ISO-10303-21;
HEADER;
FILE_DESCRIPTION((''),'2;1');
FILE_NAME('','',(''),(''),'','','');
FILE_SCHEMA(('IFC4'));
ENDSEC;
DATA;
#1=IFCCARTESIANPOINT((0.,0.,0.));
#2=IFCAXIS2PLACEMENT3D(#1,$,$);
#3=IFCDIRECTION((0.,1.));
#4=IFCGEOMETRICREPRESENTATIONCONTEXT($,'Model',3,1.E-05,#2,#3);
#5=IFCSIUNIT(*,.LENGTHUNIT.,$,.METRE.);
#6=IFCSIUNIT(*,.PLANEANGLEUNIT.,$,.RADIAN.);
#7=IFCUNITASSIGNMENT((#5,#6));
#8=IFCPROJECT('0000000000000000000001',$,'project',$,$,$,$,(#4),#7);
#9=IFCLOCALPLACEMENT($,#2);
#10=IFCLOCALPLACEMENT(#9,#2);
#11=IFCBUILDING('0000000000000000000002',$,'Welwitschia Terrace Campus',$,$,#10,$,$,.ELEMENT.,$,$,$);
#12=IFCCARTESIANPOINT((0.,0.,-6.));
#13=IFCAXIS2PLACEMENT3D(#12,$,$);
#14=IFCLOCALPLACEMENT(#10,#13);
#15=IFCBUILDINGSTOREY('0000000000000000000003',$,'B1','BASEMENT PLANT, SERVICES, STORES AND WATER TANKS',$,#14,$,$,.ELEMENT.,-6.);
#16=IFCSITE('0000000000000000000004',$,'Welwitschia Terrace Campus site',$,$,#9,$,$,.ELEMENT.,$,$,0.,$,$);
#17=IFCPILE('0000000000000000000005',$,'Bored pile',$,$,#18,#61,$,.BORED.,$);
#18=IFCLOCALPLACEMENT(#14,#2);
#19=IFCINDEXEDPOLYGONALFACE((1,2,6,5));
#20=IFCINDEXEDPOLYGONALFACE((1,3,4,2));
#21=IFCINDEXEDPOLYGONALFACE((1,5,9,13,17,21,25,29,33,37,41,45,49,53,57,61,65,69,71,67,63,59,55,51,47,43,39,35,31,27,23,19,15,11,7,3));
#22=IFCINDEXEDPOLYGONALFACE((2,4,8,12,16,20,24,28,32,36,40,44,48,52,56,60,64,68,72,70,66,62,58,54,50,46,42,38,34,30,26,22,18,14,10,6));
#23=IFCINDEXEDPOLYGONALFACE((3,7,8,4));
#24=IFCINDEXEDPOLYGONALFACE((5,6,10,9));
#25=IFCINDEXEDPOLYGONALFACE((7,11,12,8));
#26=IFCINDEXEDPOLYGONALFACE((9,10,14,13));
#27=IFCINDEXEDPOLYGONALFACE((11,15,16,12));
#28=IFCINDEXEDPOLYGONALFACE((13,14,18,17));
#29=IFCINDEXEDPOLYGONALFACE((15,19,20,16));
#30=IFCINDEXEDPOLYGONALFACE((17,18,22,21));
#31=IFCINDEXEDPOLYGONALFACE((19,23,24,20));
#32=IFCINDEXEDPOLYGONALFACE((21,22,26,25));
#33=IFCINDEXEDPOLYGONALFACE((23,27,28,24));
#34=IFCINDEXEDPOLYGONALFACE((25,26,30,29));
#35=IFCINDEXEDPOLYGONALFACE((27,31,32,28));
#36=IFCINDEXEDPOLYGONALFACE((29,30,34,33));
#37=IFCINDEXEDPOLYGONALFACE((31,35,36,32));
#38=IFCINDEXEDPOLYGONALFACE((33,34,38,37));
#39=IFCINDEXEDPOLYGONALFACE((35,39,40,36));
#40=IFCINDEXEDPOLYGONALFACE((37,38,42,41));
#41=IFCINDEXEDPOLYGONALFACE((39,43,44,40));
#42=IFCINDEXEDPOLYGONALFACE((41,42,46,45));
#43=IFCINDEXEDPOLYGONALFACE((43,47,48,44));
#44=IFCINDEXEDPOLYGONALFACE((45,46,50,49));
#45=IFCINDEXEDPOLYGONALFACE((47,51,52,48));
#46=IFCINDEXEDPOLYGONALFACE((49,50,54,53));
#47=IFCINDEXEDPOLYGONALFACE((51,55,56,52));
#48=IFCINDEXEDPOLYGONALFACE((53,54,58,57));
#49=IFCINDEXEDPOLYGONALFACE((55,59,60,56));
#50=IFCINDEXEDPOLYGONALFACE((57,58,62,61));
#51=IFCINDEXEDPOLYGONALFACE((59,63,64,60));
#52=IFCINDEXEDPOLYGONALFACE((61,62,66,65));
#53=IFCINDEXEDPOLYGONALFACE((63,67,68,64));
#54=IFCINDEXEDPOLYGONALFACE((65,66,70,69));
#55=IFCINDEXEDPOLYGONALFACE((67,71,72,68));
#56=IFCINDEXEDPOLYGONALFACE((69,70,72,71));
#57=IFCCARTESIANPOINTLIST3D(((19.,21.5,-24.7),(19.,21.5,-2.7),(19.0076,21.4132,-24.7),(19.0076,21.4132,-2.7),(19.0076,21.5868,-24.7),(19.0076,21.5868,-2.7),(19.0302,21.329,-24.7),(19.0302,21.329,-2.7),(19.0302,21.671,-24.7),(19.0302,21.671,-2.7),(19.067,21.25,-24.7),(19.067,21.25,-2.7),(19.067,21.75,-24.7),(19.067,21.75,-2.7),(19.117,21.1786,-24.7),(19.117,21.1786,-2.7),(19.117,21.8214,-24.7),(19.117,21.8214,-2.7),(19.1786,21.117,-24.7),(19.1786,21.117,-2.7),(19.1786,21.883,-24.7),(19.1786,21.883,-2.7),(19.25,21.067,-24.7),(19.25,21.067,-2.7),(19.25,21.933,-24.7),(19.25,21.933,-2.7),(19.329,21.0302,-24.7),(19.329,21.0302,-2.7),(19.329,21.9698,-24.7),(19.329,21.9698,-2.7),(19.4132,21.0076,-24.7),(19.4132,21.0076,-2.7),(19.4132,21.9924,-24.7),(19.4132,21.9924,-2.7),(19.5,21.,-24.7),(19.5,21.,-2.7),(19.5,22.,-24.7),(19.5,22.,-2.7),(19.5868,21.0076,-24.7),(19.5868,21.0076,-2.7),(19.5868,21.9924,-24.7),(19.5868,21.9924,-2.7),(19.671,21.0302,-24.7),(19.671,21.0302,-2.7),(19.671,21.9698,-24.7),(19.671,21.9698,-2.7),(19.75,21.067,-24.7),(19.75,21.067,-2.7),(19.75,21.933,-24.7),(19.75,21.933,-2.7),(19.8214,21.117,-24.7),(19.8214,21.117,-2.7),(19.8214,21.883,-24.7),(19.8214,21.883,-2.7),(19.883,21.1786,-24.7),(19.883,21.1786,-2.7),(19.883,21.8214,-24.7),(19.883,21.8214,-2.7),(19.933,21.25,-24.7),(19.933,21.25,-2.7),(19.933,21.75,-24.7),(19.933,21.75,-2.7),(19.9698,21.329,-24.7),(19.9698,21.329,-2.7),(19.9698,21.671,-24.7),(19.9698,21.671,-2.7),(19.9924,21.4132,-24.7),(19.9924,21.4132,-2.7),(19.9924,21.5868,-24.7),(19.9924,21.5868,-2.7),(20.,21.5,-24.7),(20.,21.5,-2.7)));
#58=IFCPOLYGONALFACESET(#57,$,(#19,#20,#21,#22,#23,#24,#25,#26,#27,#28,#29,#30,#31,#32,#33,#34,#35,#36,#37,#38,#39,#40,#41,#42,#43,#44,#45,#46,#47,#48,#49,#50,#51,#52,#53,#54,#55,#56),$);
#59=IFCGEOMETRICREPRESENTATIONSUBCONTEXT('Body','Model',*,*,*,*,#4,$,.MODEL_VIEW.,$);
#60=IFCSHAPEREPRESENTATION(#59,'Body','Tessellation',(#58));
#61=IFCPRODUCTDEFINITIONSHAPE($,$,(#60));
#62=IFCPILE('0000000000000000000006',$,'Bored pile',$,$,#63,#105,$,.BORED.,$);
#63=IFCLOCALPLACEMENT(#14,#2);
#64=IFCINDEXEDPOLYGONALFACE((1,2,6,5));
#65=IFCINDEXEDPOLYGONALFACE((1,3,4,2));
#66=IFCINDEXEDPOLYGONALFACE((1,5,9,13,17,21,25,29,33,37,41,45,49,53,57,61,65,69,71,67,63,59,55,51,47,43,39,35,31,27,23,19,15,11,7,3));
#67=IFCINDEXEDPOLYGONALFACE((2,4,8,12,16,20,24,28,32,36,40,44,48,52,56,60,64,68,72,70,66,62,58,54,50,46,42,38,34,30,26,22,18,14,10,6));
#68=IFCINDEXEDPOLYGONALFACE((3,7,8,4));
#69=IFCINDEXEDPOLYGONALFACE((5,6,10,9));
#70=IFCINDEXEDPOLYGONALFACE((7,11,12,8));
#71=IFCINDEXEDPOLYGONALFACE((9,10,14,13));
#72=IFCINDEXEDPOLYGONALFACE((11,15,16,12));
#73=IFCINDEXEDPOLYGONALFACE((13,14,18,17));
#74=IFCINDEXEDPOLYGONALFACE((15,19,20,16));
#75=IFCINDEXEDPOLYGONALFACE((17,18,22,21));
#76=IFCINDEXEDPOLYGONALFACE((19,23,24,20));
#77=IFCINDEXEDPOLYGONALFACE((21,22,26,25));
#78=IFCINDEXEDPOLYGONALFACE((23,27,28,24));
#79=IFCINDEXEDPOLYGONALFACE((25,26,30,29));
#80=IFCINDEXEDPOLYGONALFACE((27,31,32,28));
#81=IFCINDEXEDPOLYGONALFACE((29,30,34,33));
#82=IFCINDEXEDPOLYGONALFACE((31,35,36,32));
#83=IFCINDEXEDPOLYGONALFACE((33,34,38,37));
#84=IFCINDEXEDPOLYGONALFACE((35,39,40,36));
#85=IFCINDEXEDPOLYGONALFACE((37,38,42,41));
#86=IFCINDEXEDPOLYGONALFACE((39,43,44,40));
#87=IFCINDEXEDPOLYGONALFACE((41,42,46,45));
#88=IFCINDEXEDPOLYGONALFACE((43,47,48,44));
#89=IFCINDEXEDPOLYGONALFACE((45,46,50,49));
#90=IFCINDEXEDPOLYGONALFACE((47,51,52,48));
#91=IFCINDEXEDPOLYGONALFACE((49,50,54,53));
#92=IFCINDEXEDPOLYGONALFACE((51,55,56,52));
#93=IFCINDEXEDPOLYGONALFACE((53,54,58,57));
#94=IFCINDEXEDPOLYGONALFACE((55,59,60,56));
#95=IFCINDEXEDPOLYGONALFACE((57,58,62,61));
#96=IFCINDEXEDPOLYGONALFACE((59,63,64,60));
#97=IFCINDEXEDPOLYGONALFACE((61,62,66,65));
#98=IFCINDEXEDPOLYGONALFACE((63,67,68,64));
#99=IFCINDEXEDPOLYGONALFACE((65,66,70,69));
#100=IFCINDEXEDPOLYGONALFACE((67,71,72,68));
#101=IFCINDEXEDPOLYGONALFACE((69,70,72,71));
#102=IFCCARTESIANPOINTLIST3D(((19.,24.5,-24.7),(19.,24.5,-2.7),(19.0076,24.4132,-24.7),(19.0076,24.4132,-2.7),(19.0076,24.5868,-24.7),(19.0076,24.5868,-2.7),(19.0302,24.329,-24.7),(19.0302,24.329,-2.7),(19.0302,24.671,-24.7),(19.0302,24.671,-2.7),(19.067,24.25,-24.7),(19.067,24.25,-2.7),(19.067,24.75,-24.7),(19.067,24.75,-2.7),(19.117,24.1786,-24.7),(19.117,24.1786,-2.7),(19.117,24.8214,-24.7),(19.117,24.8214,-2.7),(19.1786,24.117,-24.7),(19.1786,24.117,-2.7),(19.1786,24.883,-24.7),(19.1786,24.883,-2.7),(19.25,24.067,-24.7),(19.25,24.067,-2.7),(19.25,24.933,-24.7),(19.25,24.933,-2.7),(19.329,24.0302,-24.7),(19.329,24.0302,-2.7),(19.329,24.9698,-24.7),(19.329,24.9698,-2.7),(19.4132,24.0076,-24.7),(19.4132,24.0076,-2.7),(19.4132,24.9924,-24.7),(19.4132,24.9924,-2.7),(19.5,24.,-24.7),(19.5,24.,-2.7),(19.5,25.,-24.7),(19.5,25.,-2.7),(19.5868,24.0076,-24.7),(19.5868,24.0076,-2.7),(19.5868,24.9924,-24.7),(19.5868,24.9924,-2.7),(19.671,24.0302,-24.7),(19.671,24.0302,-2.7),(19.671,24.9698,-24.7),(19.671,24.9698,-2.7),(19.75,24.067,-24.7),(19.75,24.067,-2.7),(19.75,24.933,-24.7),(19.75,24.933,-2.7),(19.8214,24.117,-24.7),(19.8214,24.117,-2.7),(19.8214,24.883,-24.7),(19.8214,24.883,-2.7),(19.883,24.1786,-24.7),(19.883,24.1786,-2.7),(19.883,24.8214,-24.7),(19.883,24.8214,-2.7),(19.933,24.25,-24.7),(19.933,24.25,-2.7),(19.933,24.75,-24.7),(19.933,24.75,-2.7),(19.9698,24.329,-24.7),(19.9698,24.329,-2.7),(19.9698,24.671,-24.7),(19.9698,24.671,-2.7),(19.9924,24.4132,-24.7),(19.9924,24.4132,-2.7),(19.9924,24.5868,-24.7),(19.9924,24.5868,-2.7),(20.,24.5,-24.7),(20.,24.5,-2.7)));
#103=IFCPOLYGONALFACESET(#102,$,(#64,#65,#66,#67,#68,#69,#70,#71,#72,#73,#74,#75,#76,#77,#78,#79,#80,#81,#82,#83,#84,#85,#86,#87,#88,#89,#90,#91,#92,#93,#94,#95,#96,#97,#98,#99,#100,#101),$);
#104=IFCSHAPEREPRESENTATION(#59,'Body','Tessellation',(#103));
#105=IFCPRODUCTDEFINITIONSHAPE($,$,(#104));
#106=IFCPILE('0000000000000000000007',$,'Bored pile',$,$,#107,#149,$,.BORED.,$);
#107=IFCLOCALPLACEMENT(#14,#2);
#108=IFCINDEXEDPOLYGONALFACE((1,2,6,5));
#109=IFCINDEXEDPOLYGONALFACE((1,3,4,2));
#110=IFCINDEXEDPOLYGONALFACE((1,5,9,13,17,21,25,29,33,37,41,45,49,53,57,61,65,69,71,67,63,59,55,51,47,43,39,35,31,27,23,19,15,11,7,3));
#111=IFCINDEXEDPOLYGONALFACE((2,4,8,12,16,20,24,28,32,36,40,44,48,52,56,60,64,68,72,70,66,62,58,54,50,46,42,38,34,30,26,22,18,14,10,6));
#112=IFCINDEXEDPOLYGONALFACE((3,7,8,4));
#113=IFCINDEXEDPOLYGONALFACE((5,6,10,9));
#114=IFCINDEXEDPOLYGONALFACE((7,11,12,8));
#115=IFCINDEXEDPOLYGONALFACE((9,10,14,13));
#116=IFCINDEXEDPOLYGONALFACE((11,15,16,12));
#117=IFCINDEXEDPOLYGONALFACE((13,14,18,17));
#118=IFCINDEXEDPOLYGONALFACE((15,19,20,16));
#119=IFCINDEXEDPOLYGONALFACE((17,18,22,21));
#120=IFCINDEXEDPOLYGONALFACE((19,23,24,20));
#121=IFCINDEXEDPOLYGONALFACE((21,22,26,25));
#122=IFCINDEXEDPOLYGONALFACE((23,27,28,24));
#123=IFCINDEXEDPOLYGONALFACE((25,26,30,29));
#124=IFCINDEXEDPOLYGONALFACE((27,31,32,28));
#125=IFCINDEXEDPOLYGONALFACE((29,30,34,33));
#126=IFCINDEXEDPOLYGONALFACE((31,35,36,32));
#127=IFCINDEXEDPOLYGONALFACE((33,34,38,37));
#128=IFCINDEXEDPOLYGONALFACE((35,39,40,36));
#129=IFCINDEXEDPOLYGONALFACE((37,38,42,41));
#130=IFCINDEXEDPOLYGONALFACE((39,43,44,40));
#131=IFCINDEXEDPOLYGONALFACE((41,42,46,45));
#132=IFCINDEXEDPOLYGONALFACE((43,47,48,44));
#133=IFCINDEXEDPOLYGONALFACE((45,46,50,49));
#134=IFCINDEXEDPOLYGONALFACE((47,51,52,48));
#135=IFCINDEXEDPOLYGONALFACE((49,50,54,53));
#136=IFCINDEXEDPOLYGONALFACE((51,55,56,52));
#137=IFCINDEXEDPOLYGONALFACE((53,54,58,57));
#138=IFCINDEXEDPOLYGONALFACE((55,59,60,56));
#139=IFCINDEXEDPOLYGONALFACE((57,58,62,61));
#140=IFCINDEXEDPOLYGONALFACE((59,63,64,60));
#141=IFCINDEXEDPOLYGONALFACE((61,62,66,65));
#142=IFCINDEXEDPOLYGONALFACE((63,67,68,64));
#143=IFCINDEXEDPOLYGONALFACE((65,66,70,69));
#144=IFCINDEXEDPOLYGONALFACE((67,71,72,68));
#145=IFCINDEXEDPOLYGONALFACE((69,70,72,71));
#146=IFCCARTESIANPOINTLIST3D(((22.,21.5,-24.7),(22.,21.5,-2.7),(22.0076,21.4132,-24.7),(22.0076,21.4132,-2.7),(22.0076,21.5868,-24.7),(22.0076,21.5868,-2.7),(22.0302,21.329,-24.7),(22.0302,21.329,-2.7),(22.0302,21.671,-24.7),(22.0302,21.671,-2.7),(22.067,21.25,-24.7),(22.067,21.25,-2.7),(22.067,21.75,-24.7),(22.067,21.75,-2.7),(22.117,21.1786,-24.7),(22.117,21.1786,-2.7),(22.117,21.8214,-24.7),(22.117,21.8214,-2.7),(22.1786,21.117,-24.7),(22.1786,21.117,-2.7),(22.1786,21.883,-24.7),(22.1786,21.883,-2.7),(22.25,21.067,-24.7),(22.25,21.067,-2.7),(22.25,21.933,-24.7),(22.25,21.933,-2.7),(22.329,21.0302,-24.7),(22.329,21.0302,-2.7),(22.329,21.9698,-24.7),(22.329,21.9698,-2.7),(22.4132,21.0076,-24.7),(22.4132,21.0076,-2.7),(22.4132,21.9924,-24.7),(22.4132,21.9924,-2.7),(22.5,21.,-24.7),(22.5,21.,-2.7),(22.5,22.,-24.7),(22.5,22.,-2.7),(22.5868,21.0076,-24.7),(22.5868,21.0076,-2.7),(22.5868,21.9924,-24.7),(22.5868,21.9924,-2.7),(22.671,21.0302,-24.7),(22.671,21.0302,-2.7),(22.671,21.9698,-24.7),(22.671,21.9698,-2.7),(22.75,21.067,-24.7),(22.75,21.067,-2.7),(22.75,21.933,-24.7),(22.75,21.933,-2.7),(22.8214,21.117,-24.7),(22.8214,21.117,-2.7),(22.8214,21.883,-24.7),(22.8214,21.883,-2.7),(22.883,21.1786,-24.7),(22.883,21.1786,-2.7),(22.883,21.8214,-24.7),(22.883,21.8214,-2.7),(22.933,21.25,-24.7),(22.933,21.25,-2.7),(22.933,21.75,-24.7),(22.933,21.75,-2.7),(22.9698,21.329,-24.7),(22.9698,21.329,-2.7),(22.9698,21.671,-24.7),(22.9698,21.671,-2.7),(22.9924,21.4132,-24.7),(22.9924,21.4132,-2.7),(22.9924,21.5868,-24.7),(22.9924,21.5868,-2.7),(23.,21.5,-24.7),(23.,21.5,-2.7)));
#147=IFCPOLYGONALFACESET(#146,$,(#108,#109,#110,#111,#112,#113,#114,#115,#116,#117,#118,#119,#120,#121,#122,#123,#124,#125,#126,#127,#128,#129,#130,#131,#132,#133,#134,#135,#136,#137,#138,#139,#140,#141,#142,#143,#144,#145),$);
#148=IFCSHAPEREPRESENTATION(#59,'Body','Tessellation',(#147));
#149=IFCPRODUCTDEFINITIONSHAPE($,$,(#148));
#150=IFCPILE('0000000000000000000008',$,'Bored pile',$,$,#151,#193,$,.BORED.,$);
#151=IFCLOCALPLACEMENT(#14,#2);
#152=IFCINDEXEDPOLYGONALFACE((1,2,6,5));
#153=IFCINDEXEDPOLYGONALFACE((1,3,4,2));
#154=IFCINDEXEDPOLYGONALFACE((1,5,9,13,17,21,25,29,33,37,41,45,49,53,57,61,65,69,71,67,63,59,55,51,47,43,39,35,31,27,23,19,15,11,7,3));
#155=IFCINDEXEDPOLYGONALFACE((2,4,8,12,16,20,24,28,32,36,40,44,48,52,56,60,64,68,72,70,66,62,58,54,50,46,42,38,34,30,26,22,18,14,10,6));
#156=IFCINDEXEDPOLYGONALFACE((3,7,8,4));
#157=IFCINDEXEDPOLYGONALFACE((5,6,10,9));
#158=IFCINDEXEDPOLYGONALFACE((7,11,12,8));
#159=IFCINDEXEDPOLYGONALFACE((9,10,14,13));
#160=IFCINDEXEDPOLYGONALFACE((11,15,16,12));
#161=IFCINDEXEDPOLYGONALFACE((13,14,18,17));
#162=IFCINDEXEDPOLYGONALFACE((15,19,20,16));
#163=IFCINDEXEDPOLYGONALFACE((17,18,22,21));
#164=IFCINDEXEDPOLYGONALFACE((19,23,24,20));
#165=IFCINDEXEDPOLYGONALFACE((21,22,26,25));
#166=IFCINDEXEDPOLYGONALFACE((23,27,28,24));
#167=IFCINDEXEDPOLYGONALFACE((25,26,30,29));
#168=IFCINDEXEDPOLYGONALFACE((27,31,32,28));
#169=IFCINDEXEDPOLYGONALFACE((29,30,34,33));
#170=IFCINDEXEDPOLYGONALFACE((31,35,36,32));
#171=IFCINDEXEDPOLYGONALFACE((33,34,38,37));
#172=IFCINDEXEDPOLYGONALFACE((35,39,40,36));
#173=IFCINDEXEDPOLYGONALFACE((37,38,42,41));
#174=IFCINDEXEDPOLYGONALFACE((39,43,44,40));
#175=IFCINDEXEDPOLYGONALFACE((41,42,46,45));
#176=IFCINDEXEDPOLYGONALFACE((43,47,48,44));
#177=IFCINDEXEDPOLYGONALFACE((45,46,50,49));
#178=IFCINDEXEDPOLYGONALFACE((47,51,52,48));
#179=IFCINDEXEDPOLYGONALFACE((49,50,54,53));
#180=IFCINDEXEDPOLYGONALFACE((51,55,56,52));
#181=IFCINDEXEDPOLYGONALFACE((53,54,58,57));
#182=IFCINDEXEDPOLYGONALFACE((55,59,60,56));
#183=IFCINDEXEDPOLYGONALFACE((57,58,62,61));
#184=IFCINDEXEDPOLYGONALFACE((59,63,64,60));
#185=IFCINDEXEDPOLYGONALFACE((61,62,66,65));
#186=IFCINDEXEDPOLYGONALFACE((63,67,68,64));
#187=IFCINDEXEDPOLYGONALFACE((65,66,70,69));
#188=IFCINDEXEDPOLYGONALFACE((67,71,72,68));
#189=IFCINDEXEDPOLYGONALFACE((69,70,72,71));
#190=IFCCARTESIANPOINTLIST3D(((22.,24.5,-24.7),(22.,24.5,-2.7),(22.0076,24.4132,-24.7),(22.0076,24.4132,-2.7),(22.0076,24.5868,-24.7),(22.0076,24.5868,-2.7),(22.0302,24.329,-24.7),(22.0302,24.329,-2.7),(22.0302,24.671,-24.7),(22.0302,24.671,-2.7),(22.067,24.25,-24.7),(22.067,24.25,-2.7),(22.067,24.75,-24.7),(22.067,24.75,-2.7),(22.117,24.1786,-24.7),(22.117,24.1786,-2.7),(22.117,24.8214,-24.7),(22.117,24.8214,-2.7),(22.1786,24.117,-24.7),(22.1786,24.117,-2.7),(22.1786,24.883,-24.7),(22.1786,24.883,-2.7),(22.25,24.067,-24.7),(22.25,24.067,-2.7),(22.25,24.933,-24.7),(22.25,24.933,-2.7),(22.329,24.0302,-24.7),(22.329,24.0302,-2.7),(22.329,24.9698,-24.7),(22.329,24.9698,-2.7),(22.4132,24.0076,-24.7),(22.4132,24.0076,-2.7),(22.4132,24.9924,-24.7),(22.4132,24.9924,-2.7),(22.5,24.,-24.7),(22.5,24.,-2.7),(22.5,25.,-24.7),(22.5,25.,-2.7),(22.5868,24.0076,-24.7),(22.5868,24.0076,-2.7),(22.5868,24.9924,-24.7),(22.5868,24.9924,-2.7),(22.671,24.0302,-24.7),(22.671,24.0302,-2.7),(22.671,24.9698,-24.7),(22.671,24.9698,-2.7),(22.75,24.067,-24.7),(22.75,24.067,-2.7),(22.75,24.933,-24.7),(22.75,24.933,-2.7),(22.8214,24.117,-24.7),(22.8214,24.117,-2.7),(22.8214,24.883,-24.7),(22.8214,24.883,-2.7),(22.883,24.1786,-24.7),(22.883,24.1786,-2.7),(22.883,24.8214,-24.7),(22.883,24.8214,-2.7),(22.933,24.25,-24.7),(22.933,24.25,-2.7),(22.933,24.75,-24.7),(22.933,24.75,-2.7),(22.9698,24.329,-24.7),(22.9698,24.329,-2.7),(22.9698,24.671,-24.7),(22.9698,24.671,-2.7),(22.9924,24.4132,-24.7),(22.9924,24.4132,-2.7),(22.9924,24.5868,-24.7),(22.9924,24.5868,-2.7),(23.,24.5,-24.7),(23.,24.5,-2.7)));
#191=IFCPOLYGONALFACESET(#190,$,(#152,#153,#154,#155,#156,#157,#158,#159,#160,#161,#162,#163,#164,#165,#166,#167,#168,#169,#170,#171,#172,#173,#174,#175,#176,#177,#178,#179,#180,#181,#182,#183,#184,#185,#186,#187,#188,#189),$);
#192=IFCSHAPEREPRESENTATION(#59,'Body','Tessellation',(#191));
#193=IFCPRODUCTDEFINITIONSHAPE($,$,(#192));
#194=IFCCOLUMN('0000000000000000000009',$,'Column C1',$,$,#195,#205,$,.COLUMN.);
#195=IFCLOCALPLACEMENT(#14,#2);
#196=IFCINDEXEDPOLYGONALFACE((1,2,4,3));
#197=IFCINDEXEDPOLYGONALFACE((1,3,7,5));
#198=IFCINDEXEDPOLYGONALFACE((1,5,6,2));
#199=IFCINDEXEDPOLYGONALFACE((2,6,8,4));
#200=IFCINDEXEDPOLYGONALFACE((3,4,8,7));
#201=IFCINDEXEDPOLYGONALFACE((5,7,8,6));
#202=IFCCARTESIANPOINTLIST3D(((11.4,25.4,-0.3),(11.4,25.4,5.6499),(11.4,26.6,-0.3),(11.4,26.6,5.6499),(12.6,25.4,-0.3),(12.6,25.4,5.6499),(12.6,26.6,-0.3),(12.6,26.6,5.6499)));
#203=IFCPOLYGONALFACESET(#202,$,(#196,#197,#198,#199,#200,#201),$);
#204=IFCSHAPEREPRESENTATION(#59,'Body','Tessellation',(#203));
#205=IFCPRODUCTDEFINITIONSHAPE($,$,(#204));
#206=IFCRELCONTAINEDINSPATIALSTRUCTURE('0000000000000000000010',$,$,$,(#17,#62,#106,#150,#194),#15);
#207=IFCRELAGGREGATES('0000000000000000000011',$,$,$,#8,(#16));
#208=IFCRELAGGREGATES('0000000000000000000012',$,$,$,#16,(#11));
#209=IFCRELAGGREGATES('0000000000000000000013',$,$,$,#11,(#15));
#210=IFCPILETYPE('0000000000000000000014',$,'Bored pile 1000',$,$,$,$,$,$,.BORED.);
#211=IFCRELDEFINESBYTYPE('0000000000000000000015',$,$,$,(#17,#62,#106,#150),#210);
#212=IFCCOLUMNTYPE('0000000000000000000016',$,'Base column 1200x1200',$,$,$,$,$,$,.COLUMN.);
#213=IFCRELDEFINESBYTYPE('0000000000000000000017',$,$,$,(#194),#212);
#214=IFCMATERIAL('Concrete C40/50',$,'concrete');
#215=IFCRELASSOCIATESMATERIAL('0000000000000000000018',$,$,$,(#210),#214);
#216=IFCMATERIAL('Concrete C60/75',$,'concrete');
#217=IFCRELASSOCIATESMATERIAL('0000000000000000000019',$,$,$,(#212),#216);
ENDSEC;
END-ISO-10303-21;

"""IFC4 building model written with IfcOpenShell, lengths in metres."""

from ifc_helpers import new_model, si_unit, direction, frame, origin, origin_2d, place, context, subcontext, project, spatial, rectangle, circle, extrude, material, material_profile, profile_set, type_object, element, save


model = new_model("IFC4")

# Units and contexts
model_context = context("Model", 3, precision=1e-05, world=origin(), true_north=direction((0.0, 1.0)))
body_context = subcontext(model_context, "Body", "Model", "MODEL_VIEW")
ifc_project = project(units=[si_unit("LENGTHUNIT", "METRE"), si_unit("PLANEANGLEUNIT", "RADIAN")], contexts=[model_context])

# Site, building, storey
site_placement = place(None, origin())
site = spatial("IfcSite", under=ifc_project, at=site_placement, Name="Welwitschia Terrace Campus site", CompositionType="ELEMENT", RefElevation=0.0)
building_placement = place(site_placement, origin())
building = spatial("IfcBuilding", under=site, at=building_placement, Name="Welwitschia Terrace Campus", CompositionType="ELEMENT")
storey_placement = place(building_placement, frame((0.0, 0.0, -6.0)))
storey = spatial("IfcBuildingStorey", under=building, at=storey_placement, Name="B1", Description="BASEMENT PLANT, SERVICES, STORES AND WATER TANKS", CompositionType="ELEMENT", Elevation=-6.0)

# Piles
ifc_material_1 = material(Name="Concrete C40/50", Category="concrete")
pile_type = type_object("IfcPileType", Name="Bored pile 1000", PredefinedType="BORED", material=ifc_material_1)
for number, where, z_axis, x_axis, name in (
    (1, (19.5, 21.5, -2.7), (0.0, 0.0, -1.0), (1.0, 0.0, 0.0), "Bored pile"),
    (2, (19.5, 24.5, -2.7), (0.0, 0.0, -1.0), (1.0, 0.0, 0.0), "Bored pile"),
    (3, (22.5, 21.5, -2.7), (0.0, 0.0, -1.0), (1.0, 0.0, 0.0), "Bored pile"),
    (4, (22.5, 24.5, -2.7), (0.0, 0.0, -1.0), (1.0, 0.0, 0.0), "Bored pile"),
):
    element("IfcPile", number, at=place(storey_placement, frame(where, z_axis=z_axis, x_axis=x_axis)), inside=storey, type_object=pile_type, Name=name, PredefinedType="BORED", context=body_context, shape_type="SweptSolid", body=[
        extrude(circle(Radius=0.5, at=origin_2d()), origin(), (0.0, 0.0, 1.0), 22.0),
    ])

# Column
ifc_material_2 = material(Name="Concrete C60/75", Category="concrete")
ifc_material_profile = material_profile(ifc_material_2, rectangle(XDim=1.2, YDim=1.2, at=origin_2d()))
ifc_profile_set = profile_set([ifc_material_profile], Name="Concrete C60/75")
column_type = type_object("IfcColumnType", Name="Base column 1200x1200", PredefinedType="COLUMN", material=ifc_profile_set)
column_placement = place(storey_placement, frame((12.0, 26.0, -0.3), z_axis=(0.0, 0.0, 1.0), x_axis=(1.0, 0.0, 0.0)))
element("IfcColumn", 5, at=column_placement, inside=storey, type_object=column_type, Name="Column C1", PredefinedType="COLUMN", context=body_context, shape_type="SweptSolid", body=[
    extrude(rectangle(XDim=1.2, YDim=1.2, at=origin_2d()), origin(), (0.0, 0.0, 1.0), 5.95),
])

save(model, "model.ifc")
